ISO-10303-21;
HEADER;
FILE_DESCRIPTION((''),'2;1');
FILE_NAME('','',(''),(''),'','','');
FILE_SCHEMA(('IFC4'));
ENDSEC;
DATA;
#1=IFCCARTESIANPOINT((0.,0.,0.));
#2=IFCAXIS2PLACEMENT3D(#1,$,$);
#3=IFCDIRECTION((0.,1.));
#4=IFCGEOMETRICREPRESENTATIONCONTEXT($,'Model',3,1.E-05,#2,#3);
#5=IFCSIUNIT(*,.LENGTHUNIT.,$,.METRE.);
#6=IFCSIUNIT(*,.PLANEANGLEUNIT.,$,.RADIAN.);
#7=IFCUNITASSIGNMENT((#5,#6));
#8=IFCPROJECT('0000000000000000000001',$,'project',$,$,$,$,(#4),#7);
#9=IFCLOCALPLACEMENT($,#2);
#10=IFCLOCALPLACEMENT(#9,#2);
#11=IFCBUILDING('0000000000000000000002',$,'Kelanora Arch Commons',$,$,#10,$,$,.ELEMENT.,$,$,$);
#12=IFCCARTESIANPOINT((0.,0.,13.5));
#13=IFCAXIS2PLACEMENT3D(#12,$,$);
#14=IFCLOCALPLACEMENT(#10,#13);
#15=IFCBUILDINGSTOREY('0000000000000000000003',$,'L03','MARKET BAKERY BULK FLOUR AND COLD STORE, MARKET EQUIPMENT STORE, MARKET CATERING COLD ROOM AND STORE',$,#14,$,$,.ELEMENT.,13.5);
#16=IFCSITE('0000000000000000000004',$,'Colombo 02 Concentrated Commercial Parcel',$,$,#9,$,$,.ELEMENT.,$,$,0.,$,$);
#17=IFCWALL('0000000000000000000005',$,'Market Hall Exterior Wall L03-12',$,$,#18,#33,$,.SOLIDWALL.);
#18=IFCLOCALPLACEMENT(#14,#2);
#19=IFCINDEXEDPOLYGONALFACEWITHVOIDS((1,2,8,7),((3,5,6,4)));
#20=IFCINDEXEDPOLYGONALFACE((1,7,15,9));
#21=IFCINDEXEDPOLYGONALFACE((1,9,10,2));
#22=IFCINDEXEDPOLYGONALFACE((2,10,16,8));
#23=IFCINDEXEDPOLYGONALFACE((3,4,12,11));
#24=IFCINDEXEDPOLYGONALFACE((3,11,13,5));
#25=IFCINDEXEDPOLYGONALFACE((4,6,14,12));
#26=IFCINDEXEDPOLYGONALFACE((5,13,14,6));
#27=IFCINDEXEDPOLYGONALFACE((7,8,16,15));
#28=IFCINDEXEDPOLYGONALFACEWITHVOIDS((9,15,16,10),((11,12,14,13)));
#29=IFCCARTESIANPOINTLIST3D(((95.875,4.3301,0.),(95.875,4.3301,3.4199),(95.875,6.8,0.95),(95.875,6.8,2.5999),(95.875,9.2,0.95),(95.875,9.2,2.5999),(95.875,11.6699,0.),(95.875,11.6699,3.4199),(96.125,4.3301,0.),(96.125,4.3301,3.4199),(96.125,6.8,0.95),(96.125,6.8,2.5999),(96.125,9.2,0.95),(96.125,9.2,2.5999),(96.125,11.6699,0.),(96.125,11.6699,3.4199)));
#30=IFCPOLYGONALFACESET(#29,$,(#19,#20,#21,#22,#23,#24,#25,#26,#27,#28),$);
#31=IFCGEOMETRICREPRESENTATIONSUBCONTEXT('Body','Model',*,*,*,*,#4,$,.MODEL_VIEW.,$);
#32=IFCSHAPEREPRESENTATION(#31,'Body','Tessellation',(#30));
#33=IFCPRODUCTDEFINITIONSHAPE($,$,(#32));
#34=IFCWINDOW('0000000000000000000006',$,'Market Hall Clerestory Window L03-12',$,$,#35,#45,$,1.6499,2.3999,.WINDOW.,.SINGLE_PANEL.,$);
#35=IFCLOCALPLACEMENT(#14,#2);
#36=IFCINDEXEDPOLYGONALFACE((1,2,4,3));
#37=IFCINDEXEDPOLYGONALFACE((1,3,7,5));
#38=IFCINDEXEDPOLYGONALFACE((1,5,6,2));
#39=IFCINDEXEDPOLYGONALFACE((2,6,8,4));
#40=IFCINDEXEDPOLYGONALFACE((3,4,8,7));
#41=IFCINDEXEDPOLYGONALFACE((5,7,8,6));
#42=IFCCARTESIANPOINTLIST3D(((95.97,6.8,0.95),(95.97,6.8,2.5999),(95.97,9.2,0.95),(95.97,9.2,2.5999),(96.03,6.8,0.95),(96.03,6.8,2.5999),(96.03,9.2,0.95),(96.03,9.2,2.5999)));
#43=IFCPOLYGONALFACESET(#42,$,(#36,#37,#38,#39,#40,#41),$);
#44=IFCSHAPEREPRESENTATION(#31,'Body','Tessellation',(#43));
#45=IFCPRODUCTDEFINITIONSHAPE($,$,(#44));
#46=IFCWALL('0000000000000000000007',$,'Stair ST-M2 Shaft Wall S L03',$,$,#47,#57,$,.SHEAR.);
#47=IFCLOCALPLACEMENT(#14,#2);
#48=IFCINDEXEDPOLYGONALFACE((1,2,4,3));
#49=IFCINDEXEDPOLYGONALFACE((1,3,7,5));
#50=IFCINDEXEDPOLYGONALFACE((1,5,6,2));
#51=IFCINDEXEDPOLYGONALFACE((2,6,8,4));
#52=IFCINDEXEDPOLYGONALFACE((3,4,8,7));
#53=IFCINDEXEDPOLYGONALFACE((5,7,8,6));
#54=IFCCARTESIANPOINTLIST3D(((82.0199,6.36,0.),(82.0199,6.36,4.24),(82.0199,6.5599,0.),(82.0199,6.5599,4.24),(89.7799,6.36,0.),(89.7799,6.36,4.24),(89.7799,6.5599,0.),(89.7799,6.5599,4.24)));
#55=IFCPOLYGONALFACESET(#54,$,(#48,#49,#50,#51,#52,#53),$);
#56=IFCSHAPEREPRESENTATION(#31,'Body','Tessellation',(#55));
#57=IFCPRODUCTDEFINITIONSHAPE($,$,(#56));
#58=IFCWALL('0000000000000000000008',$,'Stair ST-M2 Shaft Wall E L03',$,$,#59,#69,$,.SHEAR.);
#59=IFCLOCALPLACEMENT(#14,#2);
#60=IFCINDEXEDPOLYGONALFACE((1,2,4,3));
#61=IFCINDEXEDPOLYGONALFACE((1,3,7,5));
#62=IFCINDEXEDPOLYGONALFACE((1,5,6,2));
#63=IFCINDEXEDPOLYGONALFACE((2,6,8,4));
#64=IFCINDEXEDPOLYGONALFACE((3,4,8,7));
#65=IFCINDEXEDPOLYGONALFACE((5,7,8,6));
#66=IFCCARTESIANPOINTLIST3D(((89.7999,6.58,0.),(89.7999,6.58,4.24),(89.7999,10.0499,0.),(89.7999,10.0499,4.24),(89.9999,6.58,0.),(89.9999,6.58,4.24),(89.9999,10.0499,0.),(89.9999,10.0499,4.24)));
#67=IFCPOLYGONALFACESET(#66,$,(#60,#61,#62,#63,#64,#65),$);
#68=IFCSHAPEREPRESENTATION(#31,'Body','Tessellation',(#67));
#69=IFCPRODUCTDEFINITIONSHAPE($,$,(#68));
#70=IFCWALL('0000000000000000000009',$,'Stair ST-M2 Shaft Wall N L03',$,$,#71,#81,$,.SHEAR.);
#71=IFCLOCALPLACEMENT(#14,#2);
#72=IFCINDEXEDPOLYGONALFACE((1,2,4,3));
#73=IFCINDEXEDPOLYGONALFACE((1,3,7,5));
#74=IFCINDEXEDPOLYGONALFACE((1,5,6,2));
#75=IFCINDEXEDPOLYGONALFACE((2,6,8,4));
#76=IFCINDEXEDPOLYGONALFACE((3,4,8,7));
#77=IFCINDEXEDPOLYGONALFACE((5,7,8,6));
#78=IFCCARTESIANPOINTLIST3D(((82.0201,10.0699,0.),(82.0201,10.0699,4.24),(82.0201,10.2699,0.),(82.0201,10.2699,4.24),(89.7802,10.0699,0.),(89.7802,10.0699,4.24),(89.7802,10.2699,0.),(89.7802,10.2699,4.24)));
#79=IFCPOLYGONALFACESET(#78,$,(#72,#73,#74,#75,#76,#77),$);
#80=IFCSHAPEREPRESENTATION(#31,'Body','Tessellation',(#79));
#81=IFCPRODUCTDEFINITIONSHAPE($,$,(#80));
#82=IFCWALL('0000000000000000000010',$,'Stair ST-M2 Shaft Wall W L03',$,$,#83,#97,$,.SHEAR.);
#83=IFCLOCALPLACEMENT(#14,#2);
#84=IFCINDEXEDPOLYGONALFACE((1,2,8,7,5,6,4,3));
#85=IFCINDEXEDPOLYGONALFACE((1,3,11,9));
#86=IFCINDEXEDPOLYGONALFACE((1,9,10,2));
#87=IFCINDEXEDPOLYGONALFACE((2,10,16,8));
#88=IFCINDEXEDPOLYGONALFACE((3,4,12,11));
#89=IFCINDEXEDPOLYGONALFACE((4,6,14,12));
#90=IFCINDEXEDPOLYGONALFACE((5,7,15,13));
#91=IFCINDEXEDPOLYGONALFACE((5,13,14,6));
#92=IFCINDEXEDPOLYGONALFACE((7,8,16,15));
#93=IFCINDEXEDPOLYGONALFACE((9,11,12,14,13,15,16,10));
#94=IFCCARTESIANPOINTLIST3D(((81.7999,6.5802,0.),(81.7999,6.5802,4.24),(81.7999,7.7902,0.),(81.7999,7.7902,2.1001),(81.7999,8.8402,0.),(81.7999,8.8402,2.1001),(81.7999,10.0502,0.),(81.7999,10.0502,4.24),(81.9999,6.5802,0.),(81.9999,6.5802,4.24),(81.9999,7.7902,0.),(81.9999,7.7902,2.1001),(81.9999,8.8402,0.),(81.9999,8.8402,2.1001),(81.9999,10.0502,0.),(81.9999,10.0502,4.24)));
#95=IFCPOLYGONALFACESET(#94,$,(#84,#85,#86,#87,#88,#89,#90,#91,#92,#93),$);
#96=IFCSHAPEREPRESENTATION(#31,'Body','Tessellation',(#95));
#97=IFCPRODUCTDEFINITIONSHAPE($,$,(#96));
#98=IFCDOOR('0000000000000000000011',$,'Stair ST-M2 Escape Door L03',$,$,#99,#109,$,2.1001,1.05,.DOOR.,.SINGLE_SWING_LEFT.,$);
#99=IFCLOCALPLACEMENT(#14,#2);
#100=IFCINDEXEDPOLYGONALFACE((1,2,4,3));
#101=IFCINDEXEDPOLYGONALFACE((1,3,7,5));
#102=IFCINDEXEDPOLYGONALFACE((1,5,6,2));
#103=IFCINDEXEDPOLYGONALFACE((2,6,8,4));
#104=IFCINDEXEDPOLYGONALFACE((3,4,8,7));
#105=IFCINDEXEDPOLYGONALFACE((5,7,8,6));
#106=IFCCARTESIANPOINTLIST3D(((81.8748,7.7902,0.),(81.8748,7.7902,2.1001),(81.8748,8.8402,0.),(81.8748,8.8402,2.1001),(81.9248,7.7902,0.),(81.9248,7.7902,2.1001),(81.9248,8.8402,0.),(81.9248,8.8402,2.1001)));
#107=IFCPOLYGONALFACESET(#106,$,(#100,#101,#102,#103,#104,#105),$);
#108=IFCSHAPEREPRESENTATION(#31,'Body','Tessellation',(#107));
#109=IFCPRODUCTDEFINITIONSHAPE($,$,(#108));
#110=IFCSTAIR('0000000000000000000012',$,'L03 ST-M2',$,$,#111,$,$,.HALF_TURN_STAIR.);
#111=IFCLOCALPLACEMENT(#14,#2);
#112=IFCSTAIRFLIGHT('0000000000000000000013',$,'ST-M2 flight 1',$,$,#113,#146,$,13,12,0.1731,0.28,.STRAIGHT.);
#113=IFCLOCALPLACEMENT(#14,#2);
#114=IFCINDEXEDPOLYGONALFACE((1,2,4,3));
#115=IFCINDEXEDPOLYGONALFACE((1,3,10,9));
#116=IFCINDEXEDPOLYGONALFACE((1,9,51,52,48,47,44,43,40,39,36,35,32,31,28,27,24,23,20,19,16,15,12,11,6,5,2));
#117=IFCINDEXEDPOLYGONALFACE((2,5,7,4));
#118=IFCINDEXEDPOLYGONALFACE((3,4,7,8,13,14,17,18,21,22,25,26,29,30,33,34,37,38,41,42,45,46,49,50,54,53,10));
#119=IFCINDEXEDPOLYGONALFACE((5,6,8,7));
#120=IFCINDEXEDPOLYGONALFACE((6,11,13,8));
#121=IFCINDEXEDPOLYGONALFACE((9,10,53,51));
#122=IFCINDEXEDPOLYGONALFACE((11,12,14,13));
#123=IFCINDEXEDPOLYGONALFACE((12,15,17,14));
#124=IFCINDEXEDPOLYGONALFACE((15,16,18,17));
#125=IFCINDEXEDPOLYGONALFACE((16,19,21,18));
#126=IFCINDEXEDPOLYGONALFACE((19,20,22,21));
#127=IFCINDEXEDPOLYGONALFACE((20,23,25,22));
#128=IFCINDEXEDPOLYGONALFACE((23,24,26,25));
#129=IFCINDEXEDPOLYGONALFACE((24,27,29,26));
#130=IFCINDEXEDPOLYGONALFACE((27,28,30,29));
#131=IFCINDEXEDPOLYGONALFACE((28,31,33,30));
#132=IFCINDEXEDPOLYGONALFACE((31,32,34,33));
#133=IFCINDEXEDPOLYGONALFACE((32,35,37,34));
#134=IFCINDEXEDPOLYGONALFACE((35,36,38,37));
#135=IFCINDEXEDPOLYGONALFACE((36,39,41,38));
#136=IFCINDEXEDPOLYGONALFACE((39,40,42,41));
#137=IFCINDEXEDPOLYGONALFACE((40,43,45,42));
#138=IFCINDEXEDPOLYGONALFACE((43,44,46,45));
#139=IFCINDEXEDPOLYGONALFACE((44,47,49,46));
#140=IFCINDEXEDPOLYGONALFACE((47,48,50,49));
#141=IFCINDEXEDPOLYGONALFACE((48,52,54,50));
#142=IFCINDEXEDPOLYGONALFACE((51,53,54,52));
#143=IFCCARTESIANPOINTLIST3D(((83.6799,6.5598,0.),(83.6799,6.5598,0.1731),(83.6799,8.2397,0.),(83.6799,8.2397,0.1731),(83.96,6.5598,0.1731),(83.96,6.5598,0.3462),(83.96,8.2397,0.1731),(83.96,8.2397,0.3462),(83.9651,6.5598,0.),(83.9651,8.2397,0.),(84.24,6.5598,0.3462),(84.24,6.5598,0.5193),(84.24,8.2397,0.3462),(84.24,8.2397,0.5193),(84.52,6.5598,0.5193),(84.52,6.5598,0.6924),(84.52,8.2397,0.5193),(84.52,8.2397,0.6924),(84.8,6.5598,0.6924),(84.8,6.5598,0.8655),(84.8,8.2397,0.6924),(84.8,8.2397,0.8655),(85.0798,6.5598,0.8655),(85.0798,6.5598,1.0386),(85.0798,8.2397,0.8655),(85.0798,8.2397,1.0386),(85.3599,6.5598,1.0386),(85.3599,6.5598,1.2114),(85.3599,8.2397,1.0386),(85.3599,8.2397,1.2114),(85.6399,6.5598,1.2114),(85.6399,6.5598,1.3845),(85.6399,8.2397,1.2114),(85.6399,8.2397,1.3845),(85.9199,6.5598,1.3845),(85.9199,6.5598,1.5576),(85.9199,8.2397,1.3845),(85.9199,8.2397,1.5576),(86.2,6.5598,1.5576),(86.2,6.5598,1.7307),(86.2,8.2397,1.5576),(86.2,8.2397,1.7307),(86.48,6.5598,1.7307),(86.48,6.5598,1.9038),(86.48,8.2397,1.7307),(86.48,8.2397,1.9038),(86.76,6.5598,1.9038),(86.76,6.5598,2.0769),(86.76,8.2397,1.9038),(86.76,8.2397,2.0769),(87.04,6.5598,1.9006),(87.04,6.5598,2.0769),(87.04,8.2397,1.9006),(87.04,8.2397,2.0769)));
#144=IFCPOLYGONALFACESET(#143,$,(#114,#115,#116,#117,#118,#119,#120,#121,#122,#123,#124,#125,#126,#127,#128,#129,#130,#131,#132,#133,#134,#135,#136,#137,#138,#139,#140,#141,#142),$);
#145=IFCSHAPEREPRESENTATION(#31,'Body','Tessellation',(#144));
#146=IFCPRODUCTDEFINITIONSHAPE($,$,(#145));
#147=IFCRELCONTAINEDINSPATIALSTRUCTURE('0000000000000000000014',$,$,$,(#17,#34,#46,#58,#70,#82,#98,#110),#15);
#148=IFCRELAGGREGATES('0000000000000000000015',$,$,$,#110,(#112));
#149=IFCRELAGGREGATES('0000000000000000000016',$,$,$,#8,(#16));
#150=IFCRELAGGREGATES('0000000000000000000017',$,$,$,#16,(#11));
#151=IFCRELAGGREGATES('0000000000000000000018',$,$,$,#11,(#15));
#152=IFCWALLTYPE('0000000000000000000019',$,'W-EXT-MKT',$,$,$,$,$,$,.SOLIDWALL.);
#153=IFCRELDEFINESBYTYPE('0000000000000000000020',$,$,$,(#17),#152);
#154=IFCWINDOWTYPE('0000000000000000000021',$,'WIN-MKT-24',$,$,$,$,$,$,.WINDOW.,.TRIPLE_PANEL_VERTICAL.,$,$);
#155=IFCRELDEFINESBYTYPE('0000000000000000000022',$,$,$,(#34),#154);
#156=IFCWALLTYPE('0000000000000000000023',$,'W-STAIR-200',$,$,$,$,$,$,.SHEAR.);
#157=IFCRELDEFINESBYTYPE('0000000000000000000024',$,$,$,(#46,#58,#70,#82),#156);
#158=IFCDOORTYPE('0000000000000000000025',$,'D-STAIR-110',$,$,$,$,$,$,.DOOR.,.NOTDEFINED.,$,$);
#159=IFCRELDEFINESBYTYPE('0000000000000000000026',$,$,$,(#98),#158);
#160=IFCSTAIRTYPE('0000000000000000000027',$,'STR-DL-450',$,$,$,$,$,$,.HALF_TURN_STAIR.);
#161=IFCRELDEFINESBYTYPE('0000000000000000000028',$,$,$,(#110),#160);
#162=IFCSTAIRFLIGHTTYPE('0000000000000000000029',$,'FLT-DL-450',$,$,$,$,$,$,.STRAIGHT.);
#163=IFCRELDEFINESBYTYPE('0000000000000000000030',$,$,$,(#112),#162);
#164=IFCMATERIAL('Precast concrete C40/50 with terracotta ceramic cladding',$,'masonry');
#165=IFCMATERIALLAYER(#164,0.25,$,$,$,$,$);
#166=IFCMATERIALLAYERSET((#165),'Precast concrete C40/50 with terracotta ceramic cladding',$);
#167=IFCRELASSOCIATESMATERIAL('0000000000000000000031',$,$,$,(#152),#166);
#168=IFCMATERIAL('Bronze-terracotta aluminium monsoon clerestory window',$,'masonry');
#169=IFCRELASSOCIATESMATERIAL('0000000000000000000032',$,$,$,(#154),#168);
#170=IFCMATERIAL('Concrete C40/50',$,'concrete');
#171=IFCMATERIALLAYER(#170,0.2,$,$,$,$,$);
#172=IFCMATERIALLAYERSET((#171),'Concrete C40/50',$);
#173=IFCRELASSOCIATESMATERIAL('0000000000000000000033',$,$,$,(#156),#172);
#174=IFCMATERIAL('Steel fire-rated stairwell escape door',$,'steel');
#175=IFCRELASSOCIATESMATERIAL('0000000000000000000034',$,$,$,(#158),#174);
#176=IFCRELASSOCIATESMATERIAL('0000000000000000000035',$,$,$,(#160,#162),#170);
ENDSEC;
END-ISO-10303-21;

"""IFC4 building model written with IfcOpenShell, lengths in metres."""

from ifc_helpers import new_model, si_unit, direction, frame, frame_2d, origin, place, context, subcontext, project, spatial, polyline, rectangle, outline, extrude, material, layer, layer_set, type_object, element, fill, aggregate, save


model = new_model("IFC4")

# Units and contexts
model_context = context("Model", 3, precision=1e-05, world=origin(), true_north=direction((0.0, 1.0)))
body_context = subcontext(model_context, "Body", "Model", "MODEL_VIEW")
ifc_project = project(units=[si_unit("LENGTHUNIT", "METRE"), si_unit("PLANEANGLEUNIT", "RADIAN")], contexts=[model_context])

# Site, building, storey
site_placement = place(None, origin())
site = spatial("IfcSite", under=ifc_project, at=site_placement, Name="Colombo 02 Concentrated Commercial Parcel", CompositionType="ELEMENT", RefElevation=0.0)
building_placement = place(site_placement, origin())
building = spatial("IfcBuilding", under=site, at=building_placement, Name="Kelanora Arch Commons", CompositionType="ELEMENT")
storey_placement = place(building_placement, frame((0.0, 0.0, 13.5)))
storey = spatial("IfcBuildingStorey", under=building, at=storey_placement, Name="L03", Description="MARKET BAKERY BULK FLOUR AND COLD STORE, MARKET EQUIPMENT STORE, MARKET CATERING COLD ROOM AND STORE", CompositionType="ELEMENT", Elevation=13.5)

# Shared definitions
ifc_material_1 = material(Name="Concrete C40/50", Category="concrete")

# Wall, opening, window
ifc_material_2 = material(Name="Precast concrete C40/50 with terracotta ceramic cladding", Category="masonry")
ifc_layer_1 = layer(ifc_material_2, 0.25)
ifc_layer_set_1 = layer_set([ifc_layer_1], Name="Precast concrete C40/50 with terracotta ceramic cladding")
wall_type_1 = type_object("IfcWallType", Name="W-EXT-MKT", PredefinedType="SOLIDWALL", material=ifc_layer_set_1)
ifc_material_3 = material(Name="Bronze-terracotta aluminium monsoon clerestory window", Category="masonry")
window_type = type_object("IfcWindowType", Name="WIN-MKT-24", PartitioningType="TRIPLE_PANEL_VERTICAL", PredefinedType="WINDOW", material=ifc_material_3)
wall_1_placement = place(storey_placement, frame((96.0, 4.3301, 0.0), z_axis=(0.0, 0.0, 1.0), x_axis=(0.0, 1.0, 0.0)))
wall_1 = element("IfcWall", 1, at=wall_1_placement, inside=storey, type_object=wall_type_1, Name="Market Hall Exterior Wall L03-12", PredefinedType="SOLIDWALL", context=body_context, shape_type="SweptSolid", body=[
    extrude(rectangle(XDim=7.3398, YDim=0.25, at=frame_2d((3.6699, 0.0))), origin(), (0.0, 0.0, 1.0), 3.4199),
])
opening_1_placement = place(wall_1_placement, frame((2.47, 0.0, 0.95)))
opening_1 = element("IfcOpeningElement", 2, at=opening_1_placement, cuts=wall_1, PredefinedType="OPENING", context=body_context, shape_type="SweptSolid", body=[
    extrude(rectangle(XDim=2.3999, YDim=1.6499, at=frame_2d((1.2, 0.825))), frame((0.0, 0.135, 0.0), z_axis=(0.0, -1.0, 0.0), x_axis=(1.0, 0.0, 0.0)), (0.0, 0.0, 1.0), 0.27),
])
window_1_placement = place(opening_1_placement, origin())
window_1 = element("IfcWindow", 3, at=window_1_placement, inside=storey, type_object=window_type, Name="Market Hall Clerestory Window L03-12", OverallHeight=1.6499, OverallWidth=2.3999, PartitioningType="SINGLE_PANEL", PredefinedType="WINDOW", context=body_context, shape_type="SweptSolid", body=[
    extrude(rectangle(XDim=2.3999, YDim=1.6499, at=frame_2d((1.2, 0.825))), frame((0.0, 0.03, 0.0), z_axis=(0.0, -1.0, 0.0), x_axis=(1.0, 0.0, 0.0)), (0.0, 0.0, 1.0), 0.0601),
])
fill(opening_1, window_1)

# Walls
ifc_layer_2 = layer(ifc_material_1, 0.2)
ifc_layer_set_2 = layer_set([ifc_layer_2], Name="Concrete C40/50")
wall_type_2 = type_object("IfcWallType", Name="W-STAIR-200", PredefinedType="SHEAR", material=ifc_layer_set_2)
wall_2_placement = place(storey_placement, frame((82.02, 6.46, 0.0), z_axis=(0.0, 0.0, 1.0), x_axis=(1.0, 0.0, 0.0)))
element("IfcWall", 4, at=wall_2_placement, inside=storey, type_object=wall_type_2, Name="Stair ST-M2 Shaft Wall S L03", PredefinedType="SHEAR", context=body_context, shape_type="SweptSolid", body=[
    extrude(rectangle(XDim=7.76, YDim=0.2, at=frame_2d((3.8799, 0.0))), origin(), (0.0, 0.0, 1.0), 4.24),
])
wall_3_placement = place(storey_placement, frame((89.8999, 6.5801, 0.0), z_axis=(0.0, 0.0, 1.0), x_axis=(0.0, 1.0, 0.0)))
element("IfcWall", 5, at=wall_3_placement, inside=storey, type_object=wall_type_2, Name="Stair ST-M2 Shaft Wall E L03", PredefinedType="SHEAR", context=body_context, shape_type="SweptSolid", body=[
    extrude(rectangle(XDim=3.47, YDim=0.2, at=frame_2d((1.7349, 0.0))), origin(), (0.0, 0.0, 1.0), 4.24),
])
wall_4_placement = place(storey_placement, frame((89.78, 10.1699, 0.0), z_axis=(0.0, 0.0, 1.0), x_axis=(-1.0, 0.0, 0.0)))
element("IfcWall", 6, at=wall_4_placement, inside=storey, type_object=wall_type_2, Name="Stair ST-M2 Shaft Wall N L03", PredefinedType="SHEAR", context=body_context, shape_type="SweptSolid", body=[
    extrude(rectangle(XDim=7.76, YDim=0.2, at=frame_2d((3.8799, 0.0))), origin(), (0.0, 0.0, 1.0), 4.24),
])

# Wall, opening, door
wall_5_placement = place(storey_placement, frame((81.8999, 10.05, 0.0), z_axis=(0.0, 0.0, 1.0), x_axis=(0.0, -1.0, 0.0)))
wall_5 = element("IfcWall", 7, at=wall_5_placement, inside=storey, type_object=wall_type_2, Name="Stair ST-M2 Shaft Wall W L03", PredefinedType="SHEAR", context=body_context, shape_type="SweptSolid", body=[
    extrude(rectangle(XDim=3.47, YDim=0.2, at=frame_2d((1.7349, 0.0))), origin(), (0.0, 0.0, 1.0), 4.24),
])
opening_2_placement = place(wall_5_placement, frame((1.21, 0.0, 0.0)))
opening_2 = element("IfcOpeningElement", 8, at=opening_2_placement, cuts=wall_5, PredefinedType="OPENING", context=body_context, shape_type="SweptSolid", body=[
    extrude(rectangle(XDim=1.05, YDim=2.1001, at=frame_2d((0.5249, 1.05))), frame((0.0, 0.1099, 0.0), z_axis=(0.0, -1.0, 0.0), x_axis=(1.0, 0.0, 0.0)), (0.0, 0.0, 1.0), 0.22),
])
ifc_material_4 = material(Name="Steel fire-rated stairwell escape door", Category="steel")
door_type = type_object("IfcDoorType", Name="D-STAIR-110", OperationType="NOTDEFINED", PredefinedType="DOOR", material=ifc_material_4)
door_placement = place(opening_2_placement, origin())
door = element("IfcDoor", 9, at=door_placement, inside=storey, type_object=door_type, Name="Stair ST-M2 Escape Door L03", OperationType="SINGLE_SWING_LEFT", OverallHeight=2.1001, OverallWidth=1.05, PredefinedType="DOOR", context=body_context, shape_type="SweptSolid", body=[
    extrude(rectangle(XDim=1.05, YDim=2.1001, at=frame_2d((0.5249, 1.05))), frame((0.0, 0.0249, 0.0), z_axis=(0.0, -1.0, 0.0), x_axis=(1.0, 0.0, 0.0)), (0.0, 0.0, 1.0), 0.05),
])
fill(opening_2, door)

# Stair, stair flight
stair_type = type_object("IfcStairType", Name="STR-DL-450", PredefinedType="HALF_TURN_STAIR", material=ifc_material_1)
stair_placement = place(storey_placement, origin())
stair = element("IfcStair", 10, at=stair_placement, inside=storey, type_object=stair_type, Name="L03 ST-M2", PredefinedType="HALF_TURN_STAIR")
stair_flight_type = type_object("IfcStairFlightType", Name="FLT-DL-450", PredefinedType="STRAIGHT", material=ifc_material_1)
stair_flight_1_placement = place(storey_placement, frame((83.6799, 7.3999, 0.0), z_axis=(0.0, 0.0, 1.0), x_axis=(1.0, 0.0, 0.0)))
stair_flight_1 = element("IfcStairFlight", 11, at=stair_flight_1_placement, type_object=stair_flight_type, Name="ST-M2 flight 1", NumberOfRisers=13, NumberOfTreads=12, PredefinedType="STRAIGHT", RiserHeight=0.1731, TreadLength=0.28, context=body_context, shape_type="SweptSolid", body=[
    extrude(outline(polyline([(0.0, 0.0), (0.0, 0.1731), (0.28, 0.1731), (0.28, 0.3462), (0.5601, 0.3462), (0.5601, 0.5193), (0.8401, 0.5193), (0.8401, 0.6924), (1.1201, 0.6924), (1.1201, 0.8655), (1.3999, 0.8655), (1.3999, 1.0386), (1.6799, 1.0386), (1.6799, 1.2114), (1.96, 1.2114), (1.96, 1.3845), (2.24, 1.3845), (2.24, 1.5576), (2.52, 1.5576), (2.52, 1.7307), (2.8, 1.7307), (2.8, 1.9038), (3.0801, 1.9038), (3.0801, 2.0769), (3.3601, 2.0769), (3.3601, 2.25), (3.3601, 1.9006), (0.2852, 0.0), (0.0, 0.0)])), frame((0.0, 0.8398, 0.0), z_axis=(0.0, -1.0, 0.0), x_axis=(1.0, 0.0, 0.0)), (0.0, 0.0, 1.0), 1.6799),
])
aggregate(stair, [stair_flight_1])

save(model, "model.ifc")
